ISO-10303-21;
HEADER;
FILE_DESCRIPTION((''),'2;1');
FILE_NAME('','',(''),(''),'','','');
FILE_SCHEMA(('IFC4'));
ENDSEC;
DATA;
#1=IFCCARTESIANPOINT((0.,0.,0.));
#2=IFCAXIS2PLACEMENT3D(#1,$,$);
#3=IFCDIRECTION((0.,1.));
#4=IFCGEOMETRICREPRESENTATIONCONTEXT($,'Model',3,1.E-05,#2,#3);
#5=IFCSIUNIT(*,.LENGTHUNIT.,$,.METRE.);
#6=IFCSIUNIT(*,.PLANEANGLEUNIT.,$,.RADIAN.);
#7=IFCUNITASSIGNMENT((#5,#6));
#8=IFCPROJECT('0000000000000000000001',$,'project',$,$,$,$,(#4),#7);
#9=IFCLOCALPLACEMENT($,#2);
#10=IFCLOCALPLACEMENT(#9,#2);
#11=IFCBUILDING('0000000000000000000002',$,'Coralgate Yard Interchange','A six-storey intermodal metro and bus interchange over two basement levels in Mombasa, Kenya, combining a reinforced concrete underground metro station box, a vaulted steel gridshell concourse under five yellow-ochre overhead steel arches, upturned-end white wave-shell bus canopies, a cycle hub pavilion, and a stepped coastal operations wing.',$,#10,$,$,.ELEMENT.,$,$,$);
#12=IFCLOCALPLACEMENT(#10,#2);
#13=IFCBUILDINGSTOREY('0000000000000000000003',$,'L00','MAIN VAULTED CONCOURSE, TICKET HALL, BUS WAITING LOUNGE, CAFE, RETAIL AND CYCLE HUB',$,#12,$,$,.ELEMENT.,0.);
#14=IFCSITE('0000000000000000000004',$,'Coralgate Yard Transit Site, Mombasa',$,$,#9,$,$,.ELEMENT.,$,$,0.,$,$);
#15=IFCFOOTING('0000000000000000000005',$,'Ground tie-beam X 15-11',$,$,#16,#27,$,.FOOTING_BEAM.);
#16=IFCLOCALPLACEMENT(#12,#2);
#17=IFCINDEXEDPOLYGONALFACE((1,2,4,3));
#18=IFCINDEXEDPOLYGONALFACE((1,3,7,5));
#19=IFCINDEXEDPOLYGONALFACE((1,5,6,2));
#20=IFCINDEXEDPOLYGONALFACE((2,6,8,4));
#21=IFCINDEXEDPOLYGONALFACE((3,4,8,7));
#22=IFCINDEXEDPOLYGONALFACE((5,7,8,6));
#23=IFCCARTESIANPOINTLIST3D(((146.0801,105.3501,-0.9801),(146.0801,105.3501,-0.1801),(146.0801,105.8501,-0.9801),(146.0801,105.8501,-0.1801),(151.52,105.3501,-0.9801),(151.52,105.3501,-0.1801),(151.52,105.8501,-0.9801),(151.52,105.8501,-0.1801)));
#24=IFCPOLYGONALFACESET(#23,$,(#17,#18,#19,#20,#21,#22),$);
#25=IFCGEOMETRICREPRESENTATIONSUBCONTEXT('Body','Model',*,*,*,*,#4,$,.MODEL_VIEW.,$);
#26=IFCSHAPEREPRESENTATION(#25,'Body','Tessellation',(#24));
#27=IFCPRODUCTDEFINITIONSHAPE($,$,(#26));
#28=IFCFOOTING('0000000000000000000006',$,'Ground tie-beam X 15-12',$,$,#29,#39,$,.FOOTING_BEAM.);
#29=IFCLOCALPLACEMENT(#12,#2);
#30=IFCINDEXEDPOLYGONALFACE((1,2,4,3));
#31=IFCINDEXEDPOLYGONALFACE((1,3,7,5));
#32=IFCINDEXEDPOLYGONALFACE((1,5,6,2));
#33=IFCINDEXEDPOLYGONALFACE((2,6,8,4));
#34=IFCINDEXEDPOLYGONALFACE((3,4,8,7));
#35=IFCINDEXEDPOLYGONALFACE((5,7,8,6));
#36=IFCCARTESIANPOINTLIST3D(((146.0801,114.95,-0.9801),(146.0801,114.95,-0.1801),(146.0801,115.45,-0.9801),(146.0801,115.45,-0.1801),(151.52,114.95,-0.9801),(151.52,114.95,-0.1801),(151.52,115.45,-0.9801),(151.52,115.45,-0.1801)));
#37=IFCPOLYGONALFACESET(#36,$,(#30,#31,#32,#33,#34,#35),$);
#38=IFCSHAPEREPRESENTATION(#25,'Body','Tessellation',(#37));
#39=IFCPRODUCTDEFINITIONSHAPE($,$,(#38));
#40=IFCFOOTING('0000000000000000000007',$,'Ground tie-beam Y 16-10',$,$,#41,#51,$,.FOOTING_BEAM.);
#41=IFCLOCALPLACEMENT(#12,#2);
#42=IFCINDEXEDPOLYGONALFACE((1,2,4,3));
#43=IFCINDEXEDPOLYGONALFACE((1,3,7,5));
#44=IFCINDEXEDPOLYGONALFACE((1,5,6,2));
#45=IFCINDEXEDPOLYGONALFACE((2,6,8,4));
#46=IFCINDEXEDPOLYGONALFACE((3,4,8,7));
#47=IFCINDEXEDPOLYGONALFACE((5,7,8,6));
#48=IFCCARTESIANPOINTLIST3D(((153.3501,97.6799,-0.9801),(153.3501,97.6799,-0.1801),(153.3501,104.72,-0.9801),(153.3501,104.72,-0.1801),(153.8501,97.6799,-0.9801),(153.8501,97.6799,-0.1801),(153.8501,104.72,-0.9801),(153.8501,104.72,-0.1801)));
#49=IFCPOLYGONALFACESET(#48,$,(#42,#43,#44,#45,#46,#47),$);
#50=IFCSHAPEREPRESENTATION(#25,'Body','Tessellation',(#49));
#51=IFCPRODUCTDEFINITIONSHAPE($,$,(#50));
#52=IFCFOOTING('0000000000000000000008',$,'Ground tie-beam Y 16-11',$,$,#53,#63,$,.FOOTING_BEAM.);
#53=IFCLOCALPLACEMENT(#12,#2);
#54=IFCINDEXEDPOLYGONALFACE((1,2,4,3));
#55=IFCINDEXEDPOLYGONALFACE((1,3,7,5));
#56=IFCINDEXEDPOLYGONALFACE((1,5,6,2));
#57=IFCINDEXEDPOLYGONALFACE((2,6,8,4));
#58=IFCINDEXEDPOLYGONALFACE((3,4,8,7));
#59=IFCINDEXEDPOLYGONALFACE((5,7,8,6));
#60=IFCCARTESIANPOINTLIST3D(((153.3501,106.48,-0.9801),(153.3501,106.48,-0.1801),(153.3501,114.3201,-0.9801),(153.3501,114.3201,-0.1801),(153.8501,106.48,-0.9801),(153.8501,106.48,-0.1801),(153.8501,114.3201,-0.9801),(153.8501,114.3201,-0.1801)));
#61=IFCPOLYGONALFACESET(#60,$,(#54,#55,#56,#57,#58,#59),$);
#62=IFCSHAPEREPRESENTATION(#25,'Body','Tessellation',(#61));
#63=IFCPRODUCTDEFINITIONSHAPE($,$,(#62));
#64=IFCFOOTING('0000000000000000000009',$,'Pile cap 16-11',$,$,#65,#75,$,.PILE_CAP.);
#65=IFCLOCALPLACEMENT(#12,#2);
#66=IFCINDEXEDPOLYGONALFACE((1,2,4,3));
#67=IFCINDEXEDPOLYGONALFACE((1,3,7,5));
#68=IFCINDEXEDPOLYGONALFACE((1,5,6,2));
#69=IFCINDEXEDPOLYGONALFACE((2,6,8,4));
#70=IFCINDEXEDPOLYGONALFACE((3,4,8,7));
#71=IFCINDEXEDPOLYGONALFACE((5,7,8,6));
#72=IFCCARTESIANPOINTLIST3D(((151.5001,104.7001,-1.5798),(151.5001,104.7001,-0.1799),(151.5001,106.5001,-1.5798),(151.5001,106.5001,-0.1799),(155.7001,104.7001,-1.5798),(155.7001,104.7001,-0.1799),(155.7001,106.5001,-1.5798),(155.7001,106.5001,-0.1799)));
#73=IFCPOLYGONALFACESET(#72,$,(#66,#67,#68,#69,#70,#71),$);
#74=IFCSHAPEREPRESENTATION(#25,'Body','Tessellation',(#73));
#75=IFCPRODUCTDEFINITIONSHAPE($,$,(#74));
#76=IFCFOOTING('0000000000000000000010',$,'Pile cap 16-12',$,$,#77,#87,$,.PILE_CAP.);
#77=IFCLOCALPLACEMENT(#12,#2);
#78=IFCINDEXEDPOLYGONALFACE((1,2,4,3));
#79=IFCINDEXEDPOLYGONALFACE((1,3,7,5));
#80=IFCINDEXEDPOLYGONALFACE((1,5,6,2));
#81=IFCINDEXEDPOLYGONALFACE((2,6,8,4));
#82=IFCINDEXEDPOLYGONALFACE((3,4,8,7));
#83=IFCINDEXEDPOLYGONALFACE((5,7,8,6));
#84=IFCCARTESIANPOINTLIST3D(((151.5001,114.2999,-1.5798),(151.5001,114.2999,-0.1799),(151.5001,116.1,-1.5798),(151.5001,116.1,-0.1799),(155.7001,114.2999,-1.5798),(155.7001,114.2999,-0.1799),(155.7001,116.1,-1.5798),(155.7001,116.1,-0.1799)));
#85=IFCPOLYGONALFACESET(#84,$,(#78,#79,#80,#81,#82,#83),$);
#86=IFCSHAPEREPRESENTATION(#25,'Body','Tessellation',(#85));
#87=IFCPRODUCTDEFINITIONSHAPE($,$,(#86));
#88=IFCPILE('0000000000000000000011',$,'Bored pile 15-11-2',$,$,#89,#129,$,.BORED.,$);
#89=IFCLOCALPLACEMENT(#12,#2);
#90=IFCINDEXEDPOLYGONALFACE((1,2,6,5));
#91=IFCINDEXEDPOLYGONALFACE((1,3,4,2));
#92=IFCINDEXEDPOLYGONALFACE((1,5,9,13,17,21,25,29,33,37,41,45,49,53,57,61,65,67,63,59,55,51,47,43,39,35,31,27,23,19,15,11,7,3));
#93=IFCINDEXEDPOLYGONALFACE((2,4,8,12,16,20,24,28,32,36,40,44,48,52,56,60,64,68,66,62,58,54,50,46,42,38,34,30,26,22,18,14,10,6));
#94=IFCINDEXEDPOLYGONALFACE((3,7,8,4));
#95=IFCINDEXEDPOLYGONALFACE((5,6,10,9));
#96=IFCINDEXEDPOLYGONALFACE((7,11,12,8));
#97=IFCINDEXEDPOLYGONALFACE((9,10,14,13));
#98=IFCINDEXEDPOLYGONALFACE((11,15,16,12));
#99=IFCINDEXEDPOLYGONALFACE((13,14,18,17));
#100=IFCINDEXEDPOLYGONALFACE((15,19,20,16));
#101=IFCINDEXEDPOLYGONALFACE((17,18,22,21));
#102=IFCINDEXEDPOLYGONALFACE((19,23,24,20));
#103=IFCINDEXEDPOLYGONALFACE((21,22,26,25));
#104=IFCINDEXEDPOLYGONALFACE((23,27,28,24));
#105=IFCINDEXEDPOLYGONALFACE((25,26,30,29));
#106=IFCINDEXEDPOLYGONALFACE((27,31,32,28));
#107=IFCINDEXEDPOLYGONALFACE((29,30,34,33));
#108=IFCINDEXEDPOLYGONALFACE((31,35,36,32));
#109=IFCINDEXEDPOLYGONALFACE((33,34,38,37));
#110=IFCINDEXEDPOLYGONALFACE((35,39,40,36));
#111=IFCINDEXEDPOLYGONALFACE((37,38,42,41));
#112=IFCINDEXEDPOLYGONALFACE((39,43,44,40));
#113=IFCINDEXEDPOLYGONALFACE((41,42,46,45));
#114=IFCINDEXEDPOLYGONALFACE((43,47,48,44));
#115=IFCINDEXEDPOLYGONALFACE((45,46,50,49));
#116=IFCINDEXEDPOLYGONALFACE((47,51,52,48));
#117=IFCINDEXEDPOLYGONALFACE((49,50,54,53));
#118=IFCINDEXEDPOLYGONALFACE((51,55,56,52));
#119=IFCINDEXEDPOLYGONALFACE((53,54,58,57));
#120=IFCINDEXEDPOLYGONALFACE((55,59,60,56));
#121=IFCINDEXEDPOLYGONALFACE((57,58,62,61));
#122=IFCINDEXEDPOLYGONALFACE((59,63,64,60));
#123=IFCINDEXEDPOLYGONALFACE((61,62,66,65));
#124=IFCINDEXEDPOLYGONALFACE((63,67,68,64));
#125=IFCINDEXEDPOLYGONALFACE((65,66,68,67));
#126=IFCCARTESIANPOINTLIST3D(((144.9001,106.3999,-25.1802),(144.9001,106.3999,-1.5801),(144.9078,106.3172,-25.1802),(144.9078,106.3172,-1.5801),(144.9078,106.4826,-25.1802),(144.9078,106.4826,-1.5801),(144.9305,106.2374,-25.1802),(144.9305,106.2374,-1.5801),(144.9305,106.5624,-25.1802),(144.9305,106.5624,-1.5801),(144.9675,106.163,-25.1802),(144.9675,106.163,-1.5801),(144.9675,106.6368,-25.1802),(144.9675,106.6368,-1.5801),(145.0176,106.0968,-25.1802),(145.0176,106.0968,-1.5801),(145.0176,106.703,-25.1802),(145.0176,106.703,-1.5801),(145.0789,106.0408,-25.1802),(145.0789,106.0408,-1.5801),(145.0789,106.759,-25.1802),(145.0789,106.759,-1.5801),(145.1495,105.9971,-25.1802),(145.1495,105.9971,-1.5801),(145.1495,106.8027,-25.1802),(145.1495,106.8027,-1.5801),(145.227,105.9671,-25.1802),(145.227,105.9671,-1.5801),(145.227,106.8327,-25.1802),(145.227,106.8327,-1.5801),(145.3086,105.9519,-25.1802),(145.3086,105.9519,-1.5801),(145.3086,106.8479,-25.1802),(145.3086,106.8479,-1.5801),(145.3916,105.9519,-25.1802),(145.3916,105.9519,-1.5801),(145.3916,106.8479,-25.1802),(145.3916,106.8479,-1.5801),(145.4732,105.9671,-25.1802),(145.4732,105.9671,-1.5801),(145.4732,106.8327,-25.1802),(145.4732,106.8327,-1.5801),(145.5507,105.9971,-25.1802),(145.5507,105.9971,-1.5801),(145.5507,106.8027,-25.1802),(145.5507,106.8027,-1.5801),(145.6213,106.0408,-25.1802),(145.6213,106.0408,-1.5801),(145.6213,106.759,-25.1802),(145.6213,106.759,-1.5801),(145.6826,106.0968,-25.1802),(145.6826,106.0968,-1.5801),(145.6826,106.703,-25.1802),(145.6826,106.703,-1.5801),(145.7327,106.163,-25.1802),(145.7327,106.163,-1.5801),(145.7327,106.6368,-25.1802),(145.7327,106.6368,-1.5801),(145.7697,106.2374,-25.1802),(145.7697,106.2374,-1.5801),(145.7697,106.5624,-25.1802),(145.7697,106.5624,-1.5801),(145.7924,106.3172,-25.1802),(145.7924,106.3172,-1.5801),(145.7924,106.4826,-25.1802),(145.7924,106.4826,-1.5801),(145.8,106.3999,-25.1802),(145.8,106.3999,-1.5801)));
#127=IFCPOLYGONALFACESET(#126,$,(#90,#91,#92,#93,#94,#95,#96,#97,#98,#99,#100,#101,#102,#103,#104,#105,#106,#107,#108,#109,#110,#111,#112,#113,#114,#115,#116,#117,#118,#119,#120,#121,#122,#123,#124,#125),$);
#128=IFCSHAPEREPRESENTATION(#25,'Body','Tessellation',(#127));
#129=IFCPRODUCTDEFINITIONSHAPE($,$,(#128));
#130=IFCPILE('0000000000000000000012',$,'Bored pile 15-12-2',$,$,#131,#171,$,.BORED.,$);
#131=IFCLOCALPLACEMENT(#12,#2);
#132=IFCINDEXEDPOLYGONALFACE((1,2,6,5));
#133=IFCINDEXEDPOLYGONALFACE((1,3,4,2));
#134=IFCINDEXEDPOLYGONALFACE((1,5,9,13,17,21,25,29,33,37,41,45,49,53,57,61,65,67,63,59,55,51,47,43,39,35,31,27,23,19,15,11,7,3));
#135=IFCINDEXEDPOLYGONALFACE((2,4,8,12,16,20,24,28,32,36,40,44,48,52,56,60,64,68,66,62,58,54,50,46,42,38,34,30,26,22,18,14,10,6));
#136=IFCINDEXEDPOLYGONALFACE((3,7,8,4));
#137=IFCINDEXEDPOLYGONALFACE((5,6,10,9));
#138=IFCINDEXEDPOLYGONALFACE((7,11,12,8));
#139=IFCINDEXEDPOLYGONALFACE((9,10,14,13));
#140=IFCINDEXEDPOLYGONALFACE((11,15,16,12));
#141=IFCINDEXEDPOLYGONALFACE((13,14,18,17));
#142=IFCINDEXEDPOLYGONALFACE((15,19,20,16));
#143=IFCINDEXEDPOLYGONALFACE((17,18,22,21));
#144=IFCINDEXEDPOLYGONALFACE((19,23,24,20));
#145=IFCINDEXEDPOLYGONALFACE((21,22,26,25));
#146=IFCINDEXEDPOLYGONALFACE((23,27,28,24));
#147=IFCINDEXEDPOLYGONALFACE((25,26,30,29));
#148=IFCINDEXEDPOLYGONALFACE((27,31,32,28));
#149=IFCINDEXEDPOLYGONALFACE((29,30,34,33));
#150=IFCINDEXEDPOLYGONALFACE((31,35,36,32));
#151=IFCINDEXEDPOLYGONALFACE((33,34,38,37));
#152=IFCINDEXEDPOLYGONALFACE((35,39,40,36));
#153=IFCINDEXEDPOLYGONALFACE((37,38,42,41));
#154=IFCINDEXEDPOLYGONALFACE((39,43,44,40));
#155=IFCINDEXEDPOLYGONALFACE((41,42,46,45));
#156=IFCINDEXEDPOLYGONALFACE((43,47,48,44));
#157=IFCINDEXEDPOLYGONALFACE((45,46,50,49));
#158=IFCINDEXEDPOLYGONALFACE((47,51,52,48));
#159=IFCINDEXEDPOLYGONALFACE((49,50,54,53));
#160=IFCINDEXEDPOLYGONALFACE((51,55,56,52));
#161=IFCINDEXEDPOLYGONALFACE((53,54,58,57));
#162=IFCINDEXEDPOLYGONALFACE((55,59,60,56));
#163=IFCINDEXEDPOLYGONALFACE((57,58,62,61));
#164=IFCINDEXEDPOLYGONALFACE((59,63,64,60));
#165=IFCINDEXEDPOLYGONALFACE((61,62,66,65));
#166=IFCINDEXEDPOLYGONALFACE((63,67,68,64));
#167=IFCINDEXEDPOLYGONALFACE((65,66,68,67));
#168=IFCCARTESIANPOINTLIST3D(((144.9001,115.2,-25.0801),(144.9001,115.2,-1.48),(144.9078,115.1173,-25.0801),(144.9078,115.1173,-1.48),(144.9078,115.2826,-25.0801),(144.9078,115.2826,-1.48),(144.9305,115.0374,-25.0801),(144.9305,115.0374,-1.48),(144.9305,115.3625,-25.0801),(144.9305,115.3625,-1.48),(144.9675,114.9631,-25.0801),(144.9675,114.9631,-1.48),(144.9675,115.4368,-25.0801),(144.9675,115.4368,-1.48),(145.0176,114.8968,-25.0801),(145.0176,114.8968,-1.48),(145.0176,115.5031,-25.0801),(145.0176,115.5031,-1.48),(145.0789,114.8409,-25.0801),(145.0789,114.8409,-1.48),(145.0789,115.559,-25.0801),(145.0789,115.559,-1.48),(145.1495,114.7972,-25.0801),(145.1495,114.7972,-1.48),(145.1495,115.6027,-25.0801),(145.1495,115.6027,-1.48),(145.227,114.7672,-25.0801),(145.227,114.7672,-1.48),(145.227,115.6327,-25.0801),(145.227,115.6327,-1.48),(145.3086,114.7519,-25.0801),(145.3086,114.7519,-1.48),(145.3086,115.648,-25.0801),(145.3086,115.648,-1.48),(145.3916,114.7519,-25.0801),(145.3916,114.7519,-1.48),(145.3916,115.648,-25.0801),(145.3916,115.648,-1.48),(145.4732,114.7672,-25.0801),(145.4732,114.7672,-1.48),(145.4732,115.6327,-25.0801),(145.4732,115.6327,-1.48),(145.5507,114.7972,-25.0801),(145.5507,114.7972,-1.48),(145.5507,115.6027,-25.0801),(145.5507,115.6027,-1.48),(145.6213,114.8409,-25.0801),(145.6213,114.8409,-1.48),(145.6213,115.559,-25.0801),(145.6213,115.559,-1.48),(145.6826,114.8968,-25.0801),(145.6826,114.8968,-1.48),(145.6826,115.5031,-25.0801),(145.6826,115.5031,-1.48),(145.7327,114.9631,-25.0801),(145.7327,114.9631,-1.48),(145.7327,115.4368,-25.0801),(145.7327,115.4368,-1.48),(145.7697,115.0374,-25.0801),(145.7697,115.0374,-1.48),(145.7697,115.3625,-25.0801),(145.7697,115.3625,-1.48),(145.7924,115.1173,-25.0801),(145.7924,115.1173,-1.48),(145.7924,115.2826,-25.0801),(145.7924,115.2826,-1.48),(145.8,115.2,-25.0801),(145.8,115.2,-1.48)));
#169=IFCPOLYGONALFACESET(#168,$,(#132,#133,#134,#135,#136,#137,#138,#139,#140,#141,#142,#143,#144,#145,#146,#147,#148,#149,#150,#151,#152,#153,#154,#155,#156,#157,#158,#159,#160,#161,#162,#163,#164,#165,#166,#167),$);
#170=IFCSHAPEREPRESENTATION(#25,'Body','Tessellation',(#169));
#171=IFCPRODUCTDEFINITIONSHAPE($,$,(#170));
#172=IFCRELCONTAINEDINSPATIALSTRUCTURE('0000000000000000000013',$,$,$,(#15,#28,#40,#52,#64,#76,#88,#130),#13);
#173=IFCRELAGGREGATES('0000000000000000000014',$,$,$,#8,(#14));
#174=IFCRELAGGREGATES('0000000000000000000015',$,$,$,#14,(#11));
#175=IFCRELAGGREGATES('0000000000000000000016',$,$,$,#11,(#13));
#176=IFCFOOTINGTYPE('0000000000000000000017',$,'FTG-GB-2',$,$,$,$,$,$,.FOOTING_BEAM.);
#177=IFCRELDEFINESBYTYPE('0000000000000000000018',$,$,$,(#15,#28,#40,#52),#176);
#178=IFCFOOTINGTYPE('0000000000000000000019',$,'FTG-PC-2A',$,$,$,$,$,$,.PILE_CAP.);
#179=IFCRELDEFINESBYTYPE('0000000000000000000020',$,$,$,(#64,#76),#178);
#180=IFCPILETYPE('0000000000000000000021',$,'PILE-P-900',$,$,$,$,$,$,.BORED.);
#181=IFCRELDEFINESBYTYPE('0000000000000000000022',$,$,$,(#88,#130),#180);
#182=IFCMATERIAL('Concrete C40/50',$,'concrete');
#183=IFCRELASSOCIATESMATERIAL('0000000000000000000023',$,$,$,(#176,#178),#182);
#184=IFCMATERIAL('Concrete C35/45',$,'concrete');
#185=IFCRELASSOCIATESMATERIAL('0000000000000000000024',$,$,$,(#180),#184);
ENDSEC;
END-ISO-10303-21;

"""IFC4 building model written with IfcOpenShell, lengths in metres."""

from ifc_helpers import new_model, si_unit, direction, frame, origin, origin_2d, place, context, subcontext, project, spatial, rectangle, circle, extrude, material, material_profile, profile_set, type_object, element, save


model = new_model("IFC4")

# Units and contexts
model_context = context("Model", 3, precision=1e-05, world=origin(), true_north=direction((0.0, 1.0)))
body_context = subcontext(model_context, "Body", "Model", "MODEL_VIEW")
ifc_project = project(units=[si_unit("LENGTHUNIT", "METRE"), si_unit("PLANEANGLEUNIT", "RADIAN")], contexts=[model_context])

# Site, building, storey
site_placement = place(None, origin())
site = spatial("IfcSite", under=ifc_project, at=site_placement, Name="Coralgate Yard Transit Site, Mombasa", CompositionType="ELEMENT", RefElevation=0.0)
building_placement = place(site_placement, origin())
building = spatial("IfcBuilding", under=site, at=building_placement, Name="Coralgate Yard Interchange", Description="A six-storey intermodal metro and bus interchange over two basement levels in Mombasa, Kenya, combining a reinforced concrete underground metro station box, a vaulted steel gridshell concourse under five yellow-ochre overhead steel arches, upturned-end white wave-shell bus canopies, a cycle hub pavilion, and a stepped coastal operations wing.", CompositionType="ELEMENT")
storey_placement = place(building_placement, origin())
storey = spatial("IfcBuildingStorey", under=building, at=storey_placement, Name="L00", Description="MAIN VAULTED CONCOURSE, TICKET HALL, BUS WAITING LOUNGE, CAFE, RETAIL AND CYCLE HUB", CompositionType="ELEMENT", Elevation=0.0)

# Footings
ifc_material_1 = material(Name="Concrete C40/50", Category="concrete")
ifc_material_profile_1 = material_profile(ifc_material_1, rectangle(XDim=0.5, YDim=0.8, at=origin_2d()), Name="RC 500x800")
ifc_profile_set_1 = profile_set([ifc_material_profile_1], Name="Concrete C40/50")
footing_type_1 = type_object("IfcFootingType", Name="FTG-GB-2", PredefinedType="FOOTING_BEAM", material=ifc_profile_set_1)
for number, where, z_axis, x_axis, name in (
    (1, (146.0801, 105.6001, -0.5801), (1.0, 0.0, 0.0), (0.0, 1.0, 0.0), "Ground tie-beam X 15-11"),
    (2, (146.0801, 115.2, -0.5801), (1.0, 0.0, 0.0), (0.0, 1.0, 0.0), "Ground tie-beam X 15-12"),
):
    element("IfcFooting", number, at=place(storey_placement, frame(where, z_axis=z_axis, x_axis=x_axis)), inside=storey, type_object=footing_type_1, Name=name, PredefinedType="FOOTING_BEAM", context=body_context, shape_type="SweptSolid", body=[
        extrude(rectangle(XDim=0.5, YDim=0.8, at=origin_2d()), origin(), (0.0, 0.0, 1.0), 5.4399),
    ])
footing_1_placement = place(storey_placement, frame((153.6001, 97.6799, -0.5801), z_axis=(0.0, 1.0, 0.0), x_axis=(-1.0, 0.0, 0.0)))
element("IfcFooting", 3, at=footing_1_placement, inside=storey, type_object=footing_type_1, Name="Ground tie-beam Y 16-10", PredefinedType="FOOTING_BEAM", context=body_context, shape_type="SweptSolid", body=[
    extrude(rectangle(XDim=0.5, YDim=0.8, at=origin_2d()), origin(), (0.0, 0.0, 1.0), 7.04),
])
footing_2_placement = place(storey_placement, frame((153.6001, 106.48, -0.5801), z_axis=(0.0, 1.0, 0.0), x_axis=(-1.0, 0.0, 0.0)))
element("IfcFooting", 4, at=footing_2_placement, inside=storey, type_object=footing_type_1, Name="Ground tie-beam Y 16-11", PredefinedType="FOOTING_BEAM", context=body_context, shape_type="SweptSolid", body=[
    extrude(rectangle(XDim=0.5, YDim=0.8, at=origin_2d()), origin(), (0.0, 0.0, 1.0), 7.8401),
])
footing_type_2 = type_object("IfcFootingType", Name="FTG-PC-2A", PredefinedType="PILE_CAP", material=ifc_material_1)
for number, where, z_axis, x_axis, name in (
    (5, (153.6001, 105.6001, -1.5798), (0.0, 0.0, 1.0), (1.0, 0.0, 0.0), "Pile cap 16-11"),
    (6, (153.6001, 115.2, -1.5798), (0.0, 0.0, 1.0), (1.0, 0.0, 0.0), "Pile cap 16-12"),
):
    element("IfcFooting", number, at=place(storey_placement, frame(where, z_axis=z_axis, x_axis=x_axis)), inside=storey, type_object=footing_type_2, Name=name, PredefinedType="PILE_CAP", context=body_context, shape_type="SweptSolid", body=[
        extrude(rectangle(XDim=4.2, YDim=1.8, at=origin_2d()), origin(), (0.0, 0.0, 1.0), 1.3999),
    ])

# Piles
ifc_material_2 = material(Name="Concrete C35/45", Category="concrete")
ifc_material_profile_2 = material_profile(ifc_material_2, circle(Radius=0.45, at=origin_2d()), Name="BORED PILE D900")
ifc_profile_set_2 = profile_set([ifc_material_profile_2], Name="Concrete C35/45")
pile_type = type_object("IfcPileType", Name="PILE-P-900", PredefinedType="BORED", material=ifc_profile_set_2)
for number, where, z_axis, x_axis, name in (
    (7, (145.3501, 106.3999, -1.5801), (0.0, 0.0, -1.0), (1.0, 0.0, 0.0), "Bored pile 15-11-2"),
    (8, (145.3501, 115.2, -1.48), (0.0, 0.0, -1.0), (1.0, 0.0, 0.0), "Bored pile 15-12-2"),
):
    element("IfcPile", number, at=place(storey_placement, frame(where, z_axis=z_axis, x_axis=x_axis)), inside=storey, type_object=pile_type, Name=name, PredefinedType="BORED", context=body_context, shape_type="SweptSolid", body=[
        extrude(circle(Radius=0.45, at=origin_2d()), origin(), (0.0, 0.0, 1.0), 23.6001),
    ])

save(model, "model.ifc")
